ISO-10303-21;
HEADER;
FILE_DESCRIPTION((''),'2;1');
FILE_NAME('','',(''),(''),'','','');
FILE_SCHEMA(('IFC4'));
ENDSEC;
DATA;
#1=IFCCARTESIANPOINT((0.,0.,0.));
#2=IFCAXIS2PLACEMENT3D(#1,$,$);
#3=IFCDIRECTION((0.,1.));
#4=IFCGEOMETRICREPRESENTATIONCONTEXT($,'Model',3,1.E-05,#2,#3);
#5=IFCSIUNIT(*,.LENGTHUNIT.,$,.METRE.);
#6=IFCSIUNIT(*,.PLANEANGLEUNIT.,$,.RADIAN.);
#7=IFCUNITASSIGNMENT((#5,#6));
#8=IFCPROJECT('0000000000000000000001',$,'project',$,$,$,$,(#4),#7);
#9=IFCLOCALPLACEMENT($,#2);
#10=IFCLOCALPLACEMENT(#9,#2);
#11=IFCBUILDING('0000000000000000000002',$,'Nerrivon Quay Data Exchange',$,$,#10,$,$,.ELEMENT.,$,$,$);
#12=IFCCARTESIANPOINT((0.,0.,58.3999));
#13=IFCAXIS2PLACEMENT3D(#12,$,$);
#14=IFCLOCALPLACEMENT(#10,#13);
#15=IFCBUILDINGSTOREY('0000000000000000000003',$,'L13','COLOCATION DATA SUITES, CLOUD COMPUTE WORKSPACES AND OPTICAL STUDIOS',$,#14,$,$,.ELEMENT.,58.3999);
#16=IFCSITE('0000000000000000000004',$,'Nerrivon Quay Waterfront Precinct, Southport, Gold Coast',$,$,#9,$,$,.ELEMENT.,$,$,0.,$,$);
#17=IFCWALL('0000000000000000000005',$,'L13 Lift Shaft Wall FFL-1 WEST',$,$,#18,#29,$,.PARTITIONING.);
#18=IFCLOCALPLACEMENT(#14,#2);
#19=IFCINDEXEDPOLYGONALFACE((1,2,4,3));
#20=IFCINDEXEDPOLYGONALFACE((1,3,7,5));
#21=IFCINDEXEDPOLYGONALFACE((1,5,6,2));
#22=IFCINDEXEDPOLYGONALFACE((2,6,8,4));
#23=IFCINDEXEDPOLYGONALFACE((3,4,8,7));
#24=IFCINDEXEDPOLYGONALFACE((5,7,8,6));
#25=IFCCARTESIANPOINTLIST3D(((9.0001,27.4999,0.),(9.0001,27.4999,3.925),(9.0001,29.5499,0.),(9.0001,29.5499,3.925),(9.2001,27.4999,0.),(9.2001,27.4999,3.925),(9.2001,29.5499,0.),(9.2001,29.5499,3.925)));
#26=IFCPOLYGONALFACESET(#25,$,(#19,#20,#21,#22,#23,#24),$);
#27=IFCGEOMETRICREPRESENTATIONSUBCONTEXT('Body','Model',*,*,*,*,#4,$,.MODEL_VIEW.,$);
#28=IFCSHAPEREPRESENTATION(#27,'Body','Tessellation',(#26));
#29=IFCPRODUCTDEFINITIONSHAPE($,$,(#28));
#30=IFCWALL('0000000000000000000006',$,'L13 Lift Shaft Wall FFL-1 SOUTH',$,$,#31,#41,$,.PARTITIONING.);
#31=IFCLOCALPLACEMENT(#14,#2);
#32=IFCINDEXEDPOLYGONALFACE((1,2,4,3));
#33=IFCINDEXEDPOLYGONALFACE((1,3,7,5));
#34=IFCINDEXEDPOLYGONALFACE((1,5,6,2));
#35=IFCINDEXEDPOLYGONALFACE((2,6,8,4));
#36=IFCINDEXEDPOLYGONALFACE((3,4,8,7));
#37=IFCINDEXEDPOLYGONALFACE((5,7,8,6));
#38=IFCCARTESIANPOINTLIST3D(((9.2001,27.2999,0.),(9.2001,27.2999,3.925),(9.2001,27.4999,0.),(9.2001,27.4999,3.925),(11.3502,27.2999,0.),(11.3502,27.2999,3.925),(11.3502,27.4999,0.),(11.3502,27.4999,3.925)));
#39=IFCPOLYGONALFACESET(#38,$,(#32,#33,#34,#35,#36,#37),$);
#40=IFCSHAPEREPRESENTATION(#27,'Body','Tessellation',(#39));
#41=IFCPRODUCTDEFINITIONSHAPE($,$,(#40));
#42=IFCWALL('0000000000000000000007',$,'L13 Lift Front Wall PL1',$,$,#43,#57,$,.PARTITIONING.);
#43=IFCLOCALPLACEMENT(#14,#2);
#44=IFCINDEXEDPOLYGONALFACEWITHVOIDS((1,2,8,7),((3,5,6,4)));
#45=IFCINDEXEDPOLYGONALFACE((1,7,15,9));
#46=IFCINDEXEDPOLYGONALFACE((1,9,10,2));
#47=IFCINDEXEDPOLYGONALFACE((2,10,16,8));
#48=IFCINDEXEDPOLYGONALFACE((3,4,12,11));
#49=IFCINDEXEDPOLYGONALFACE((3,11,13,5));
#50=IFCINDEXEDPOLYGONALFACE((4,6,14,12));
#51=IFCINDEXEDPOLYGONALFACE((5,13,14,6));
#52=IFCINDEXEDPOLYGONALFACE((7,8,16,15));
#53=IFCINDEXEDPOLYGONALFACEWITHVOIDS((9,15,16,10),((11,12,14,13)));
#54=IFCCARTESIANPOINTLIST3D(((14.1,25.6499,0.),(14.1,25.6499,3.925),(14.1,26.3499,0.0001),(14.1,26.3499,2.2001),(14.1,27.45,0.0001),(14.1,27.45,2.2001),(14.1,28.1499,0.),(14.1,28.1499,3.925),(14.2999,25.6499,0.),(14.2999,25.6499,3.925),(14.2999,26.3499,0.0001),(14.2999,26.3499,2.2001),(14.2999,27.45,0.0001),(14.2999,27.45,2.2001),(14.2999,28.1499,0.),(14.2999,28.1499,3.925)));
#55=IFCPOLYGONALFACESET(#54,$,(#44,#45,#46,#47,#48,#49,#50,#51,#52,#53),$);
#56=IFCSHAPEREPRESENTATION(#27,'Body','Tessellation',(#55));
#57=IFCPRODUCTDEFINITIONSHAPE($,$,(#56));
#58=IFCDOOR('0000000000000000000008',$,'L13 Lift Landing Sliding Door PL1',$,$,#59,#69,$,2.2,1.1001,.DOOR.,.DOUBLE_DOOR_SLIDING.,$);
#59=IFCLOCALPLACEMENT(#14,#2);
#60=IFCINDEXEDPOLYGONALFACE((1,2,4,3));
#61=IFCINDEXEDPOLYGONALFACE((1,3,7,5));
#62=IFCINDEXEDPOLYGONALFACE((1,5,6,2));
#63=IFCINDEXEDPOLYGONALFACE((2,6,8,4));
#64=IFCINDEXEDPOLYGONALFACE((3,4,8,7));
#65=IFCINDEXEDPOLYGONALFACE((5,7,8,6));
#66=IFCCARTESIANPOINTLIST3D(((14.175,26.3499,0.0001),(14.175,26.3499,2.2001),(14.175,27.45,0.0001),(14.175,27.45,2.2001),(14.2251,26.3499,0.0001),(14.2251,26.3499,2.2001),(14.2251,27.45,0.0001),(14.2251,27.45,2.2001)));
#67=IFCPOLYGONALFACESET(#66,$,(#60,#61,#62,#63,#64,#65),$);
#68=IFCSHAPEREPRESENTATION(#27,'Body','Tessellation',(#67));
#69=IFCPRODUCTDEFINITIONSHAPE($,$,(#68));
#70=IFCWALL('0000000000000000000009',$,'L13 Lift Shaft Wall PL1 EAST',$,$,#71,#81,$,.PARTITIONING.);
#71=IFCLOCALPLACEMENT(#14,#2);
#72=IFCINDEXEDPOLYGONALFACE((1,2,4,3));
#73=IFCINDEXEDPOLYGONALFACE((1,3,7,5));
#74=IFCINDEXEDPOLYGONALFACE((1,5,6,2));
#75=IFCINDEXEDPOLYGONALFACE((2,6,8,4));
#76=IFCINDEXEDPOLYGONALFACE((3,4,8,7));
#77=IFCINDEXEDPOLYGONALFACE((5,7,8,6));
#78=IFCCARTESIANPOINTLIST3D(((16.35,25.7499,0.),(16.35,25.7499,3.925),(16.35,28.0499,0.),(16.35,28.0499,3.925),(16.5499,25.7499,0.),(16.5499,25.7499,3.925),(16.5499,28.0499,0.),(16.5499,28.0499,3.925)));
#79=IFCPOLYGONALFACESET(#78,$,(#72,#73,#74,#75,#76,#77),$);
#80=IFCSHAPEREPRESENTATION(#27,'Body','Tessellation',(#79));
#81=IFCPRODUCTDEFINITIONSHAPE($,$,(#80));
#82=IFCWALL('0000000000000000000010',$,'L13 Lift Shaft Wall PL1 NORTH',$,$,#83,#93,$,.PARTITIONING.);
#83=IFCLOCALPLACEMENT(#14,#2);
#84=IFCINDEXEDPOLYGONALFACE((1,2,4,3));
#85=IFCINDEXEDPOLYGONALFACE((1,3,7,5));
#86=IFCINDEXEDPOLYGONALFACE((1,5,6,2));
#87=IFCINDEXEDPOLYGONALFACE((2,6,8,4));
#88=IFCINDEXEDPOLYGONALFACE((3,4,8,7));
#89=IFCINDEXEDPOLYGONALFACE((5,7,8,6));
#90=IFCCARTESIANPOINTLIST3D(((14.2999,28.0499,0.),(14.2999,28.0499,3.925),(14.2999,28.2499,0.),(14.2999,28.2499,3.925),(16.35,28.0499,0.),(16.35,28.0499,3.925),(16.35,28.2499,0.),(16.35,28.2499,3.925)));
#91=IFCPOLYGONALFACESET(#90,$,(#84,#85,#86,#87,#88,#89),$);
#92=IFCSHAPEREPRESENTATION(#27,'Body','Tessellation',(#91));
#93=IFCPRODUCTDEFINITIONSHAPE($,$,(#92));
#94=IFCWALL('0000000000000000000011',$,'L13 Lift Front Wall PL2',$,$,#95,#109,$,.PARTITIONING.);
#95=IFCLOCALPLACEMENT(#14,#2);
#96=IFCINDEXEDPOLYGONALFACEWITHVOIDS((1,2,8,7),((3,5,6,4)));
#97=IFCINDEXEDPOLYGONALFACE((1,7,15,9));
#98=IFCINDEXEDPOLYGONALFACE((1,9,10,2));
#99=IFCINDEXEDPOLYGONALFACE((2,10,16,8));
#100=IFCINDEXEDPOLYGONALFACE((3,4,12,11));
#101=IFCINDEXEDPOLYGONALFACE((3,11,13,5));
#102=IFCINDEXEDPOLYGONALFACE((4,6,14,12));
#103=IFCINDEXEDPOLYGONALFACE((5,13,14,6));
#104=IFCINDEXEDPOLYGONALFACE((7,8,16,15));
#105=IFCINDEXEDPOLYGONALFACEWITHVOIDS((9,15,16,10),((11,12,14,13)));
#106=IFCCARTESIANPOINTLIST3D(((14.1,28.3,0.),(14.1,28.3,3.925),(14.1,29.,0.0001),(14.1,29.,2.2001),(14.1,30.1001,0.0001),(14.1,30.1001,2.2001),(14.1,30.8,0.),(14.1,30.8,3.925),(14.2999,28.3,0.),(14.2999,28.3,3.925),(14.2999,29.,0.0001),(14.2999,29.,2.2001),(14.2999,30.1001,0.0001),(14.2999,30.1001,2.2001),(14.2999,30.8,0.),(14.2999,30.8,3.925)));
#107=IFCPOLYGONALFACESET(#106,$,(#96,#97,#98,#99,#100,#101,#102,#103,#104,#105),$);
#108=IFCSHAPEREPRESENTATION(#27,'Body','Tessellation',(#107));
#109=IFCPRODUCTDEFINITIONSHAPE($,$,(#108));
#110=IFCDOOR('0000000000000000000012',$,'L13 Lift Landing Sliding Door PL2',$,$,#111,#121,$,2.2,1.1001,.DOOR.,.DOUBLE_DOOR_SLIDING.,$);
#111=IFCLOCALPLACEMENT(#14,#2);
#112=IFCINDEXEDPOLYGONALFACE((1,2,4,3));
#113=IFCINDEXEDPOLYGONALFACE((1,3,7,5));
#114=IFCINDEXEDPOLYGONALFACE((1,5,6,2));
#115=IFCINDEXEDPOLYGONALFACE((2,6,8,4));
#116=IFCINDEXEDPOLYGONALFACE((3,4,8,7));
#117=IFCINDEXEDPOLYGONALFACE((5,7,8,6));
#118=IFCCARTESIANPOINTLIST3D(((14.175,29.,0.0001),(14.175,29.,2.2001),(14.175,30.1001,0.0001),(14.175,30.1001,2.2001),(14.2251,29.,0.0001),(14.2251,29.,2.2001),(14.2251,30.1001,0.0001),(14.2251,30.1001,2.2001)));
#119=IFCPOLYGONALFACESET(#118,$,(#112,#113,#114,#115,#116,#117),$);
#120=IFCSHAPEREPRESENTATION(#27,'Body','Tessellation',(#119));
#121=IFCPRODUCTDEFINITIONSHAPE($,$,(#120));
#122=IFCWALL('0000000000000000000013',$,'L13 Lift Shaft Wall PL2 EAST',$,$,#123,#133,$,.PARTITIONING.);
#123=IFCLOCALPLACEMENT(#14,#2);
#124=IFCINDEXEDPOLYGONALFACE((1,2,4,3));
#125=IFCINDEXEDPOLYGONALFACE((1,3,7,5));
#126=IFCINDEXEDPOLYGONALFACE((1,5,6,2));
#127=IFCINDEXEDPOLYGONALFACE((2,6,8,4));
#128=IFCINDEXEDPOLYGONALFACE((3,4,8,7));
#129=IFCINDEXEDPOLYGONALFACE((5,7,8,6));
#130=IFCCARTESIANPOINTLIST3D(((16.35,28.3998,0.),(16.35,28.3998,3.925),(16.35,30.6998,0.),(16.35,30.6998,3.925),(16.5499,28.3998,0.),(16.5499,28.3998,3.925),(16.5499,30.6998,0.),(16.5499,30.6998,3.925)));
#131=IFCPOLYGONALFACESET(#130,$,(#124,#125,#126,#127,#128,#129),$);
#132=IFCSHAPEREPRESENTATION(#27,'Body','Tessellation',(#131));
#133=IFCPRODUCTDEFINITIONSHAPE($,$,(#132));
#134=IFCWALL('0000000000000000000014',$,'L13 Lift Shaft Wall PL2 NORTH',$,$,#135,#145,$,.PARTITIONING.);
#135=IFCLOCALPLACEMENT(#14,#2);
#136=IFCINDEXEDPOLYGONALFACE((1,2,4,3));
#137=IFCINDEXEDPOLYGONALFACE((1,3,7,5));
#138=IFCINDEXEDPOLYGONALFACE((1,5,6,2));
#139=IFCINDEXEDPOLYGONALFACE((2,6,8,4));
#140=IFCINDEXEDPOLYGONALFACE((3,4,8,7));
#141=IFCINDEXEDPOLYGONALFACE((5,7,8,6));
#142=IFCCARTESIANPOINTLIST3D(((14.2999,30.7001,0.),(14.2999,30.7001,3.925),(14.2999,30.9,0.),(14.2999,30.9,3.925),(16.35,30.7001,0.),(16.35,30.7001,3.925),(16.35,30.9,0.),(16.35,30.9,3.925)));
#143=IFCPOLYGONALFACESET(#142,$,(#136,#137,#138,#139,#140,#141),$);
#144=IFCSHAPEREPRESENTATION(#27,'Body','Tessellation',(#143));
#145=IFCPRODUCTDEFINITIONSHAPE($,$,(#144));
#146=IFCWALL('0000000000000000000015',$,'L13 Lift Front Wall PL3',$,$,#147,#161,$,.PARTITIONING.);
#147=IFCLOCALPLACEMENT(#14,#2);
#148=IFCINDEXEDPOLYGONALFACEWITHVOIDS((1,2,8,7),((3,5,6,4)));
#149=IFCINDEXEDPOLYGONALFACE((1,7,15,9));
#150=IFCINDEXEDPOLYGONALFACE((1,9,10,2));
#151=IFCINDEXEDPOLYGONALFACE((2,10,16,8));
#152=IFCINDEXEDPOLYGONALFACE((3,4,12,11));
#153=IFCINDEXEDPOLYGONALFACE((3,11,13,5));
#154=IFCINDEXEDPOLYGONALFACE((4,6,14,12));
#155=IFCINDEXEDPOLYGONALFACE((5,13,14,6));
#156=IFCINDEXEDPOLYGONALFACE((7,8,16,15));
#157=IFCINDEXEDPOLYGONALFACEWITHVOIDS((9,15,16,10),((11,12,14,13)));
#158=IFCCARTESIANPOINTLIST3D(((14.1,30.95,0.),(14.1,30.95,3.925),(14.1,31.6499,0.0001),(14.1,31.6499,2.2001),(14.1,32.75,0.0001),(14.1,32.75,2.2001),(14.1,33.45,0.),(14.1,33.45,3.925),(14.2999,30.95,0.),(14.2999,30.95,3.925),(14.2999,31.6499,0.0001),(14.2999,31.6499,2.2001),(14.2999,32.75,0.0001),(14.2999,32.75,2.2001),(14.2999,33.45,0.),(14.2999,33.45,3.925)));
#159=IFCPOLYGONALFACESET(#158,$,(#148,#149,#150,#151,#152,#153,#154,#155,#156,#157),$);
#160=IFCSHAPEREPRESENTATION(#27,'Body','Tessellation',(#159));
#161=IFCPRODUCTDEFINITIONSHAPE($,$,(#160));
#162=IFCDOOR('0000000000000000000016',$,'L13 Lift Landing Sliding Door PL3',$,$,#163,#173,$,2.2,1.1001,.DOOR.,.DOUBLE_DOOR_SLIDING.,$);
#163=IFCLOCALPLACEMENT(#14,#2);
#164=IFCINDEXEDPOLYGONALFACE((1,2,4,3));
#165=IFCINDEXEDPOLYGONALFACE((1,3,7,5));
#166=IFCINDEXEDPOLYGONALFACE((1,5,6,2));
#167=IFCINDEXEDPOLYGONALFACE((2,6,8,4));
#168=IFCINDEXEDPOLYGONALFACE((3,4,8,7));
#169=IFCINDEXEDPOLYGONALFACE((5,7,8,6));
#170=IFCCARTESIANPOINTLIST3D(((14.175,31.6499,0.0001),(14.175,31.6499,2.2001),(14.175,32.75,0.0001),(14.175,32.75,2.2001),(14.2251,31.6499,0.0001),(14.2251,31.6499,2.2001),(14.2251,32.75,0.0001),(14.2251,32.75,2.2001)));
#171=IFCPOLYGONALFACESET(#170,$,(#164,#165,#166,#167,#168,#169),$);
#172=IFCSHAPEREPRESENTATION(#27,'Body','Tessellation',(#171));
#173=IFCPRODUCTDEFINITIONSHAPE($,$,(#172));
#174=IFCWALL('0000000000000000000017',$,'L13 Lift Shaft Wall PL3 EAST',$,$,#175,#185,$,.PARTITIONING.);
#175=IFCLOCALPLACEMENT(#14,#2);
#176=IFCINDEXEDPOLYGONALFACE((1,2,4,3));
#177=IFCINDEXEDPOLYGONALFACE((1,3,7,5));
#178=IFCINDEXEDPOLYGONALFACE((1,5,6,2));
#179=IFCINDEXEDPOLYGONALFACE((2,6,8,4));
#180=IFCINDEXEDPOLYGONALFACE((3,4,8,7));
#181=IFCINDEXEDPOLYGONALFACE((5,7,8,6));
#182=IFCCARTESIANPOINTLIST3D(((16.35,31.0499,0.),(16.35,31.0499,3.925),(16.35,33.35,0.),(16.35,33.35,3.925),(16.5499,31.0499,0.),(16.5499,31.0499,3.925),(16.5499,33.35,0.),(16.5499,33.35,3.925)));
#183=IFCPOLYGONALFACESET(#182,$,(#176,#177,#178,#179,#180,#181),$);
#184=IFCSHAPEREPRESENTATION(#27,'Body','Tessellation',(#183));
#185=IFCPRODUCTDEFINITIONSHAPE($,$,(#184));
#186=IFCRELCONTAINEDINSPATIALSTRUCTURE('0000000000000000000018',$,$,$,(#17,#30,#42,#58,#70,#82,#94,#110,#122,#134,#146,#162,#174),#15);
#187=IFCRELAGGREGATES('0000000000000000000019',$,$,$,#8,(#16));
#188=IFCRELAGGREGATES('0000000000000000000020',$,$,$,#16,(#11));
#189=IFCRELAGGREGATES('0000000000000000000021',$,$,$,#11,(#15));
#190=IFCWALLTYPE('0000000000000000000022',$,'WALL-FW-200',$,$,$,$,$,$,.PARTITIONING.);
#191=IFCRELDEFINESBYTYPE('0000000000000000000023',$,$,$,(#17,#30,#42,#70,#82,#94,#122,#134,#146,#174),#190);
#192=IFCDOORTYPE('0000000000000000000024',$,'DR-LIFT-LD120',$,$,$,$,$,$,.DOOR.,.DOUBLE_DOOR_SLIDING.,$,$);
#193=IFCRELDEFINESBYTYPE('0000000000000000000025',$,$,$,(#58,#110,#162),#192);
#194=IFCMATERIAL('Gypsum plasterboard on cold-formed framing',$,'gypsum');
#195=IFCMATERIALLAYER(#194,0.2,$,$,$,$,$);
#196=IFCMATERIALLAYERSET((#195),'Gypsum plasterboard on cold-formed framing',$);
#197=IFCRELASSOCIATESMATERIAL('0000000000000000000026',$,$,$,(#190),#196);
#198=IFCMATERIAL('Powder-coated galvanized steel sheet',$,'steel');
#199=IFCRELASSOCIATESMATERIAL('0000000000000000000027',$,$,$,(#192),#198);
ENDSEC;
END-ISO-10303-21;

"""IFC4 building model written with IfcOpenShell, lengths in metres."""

from ifc_helpers import new_model, si_unit, direction, frame, frame_2d, origin, place, context, subcontext, project, spatial, rectangle, extrude, material, layer, layer_set, type_object, element, fill, save


model = new_model("IFC4")

# Units and contexts
model_context = context("Model", 3, precision=1e-05, world=origin(), true_north=direction((0.0, 1.0)))
body_context = subcontext(model_context, "Body", "Model", "MODEL_VIEW")
ifc_project = project(units=[si_unit("LENGTHUNIT", "METRE"), si_unit("PLANEANGLEUNIT", "RADIAN")], contexts=[model_context])

# Site, building, storey
site_placement = place(None, origin())
site = spatial("IfcSite", under=ifc_project, at=site_placement, Name="Nerrivon Quay Waterfront Precinct, Southport, Gold Coast", CompositionType="ELEMENT", RefElevation=0.0)
building_placement = place(site_placement, origin())
building = spatial("IfcBuilding", under=site, at=building_placement, Name="Nerrivon Quay Data Exchange", CompositionType="ELEMENT")
storey_placement = place(building_placement, frame((0.0, 0.0, 58.3999)))
storey = spatial("IfcBuildingStorey", under=building, at=storey_placement, Name="L13", Description="COLOCATION DATA SUITES, CLOUD COMPUTE WORKSPACES AND OPTICAL STUDIOS", CompositionType="ELEMENT", Elevation=58.3999)

# Shared definitions
ifc_material_1 = material(Name="Powder-coated galvanized steel sheet", Category="steel")
ifc_material_2 = material(Name="Gypsum plasterboard on cold-formed framing", Category="gypsum")
ifc_layer_1 = layer(ifc_material_2, 0.2)
ifc_layer_set_1 = layer_set([ifc_layer_1], Name="Gypsum plasterboard on cold-formed framing")
wall_type_1 = type_object("IfcWallType", Name="WALL-FW-200", PredefinedType="PARTITIONING", material=ifc_layer_set_1)
door_type_1 = type_object("IfcDoorType", Name="DR-LIFT-LD120", OperationType="DOUBLE_DOOR_SLIDING", PredefinedType="DOOR", material=ifc_material_1)

# Walls
wall_1_placement = place(storey_placement, frame((9.1001, 27.5, 0.0), z_axis=(0.0, 0.0, 1.0), x_axis=(0.0, 1.0, 0.0)))
element("IfcWall", 1, at=wall_1_placement, inside=storey, type_object=wall_type_1, Name="L13 Lift Shaft Wall FFL-1 WEST", PredefinedType="PARTITIONING", context=body_context, shape_type="SweptSolid", body=[
    extrude(rectangle(XDim=2.05, YDim=0.2, at=frame_2d((1.0249, 0.0))), origin(), (0.0, 0.0, 1.0), 3.925),
])
wall_2_placement = place(storey_placement, frame((9.2, 27.3999, 0.0), z_axis=(0.0, 0.0, 1.0), x_axis=(1.0, 0.0, 0.0)))
element("IfcWall", 2, at=wall_2_placement, inside=storey, type_object=wall_type_1, Name="L13 Lift Shaft Wall FFL-1 SOUTH", PredefinedType="PARTITIONING", context=body_context, shape_type="SweptSolid", body=[
    extrude(rectangle(XDim=2.1501, YDim=0.2, at=frame_2d((1.0752, 0.0))), origin(), (0.0, 0.0, 1.0), 3.925),
])

# Wall, opening, door
wall_3_placement = place(storey_placement, frame((14.2, 25.6499, 0.0), z_axis=(0.0, 0.0, 1.0), x_axis=(0.0, 1.0, 0.0)))
wall_3 = element("IfcWall", 3, at=wall_3_placement, inside=storey, type_object=wall_type_1, Name="L13 Lift Front Wall PL1", PredefinedType="PARTITIONING", context=body_context, shape_type="SweptSolid", body=[
    extrude(rectangle(XDim=2.5, YDim=0.2, at=frame_2d((1.25, 0.0))), origin(), (0.0, 0.0, 1.0), 3.925),
])
opening_1_placement = place(wall_3_placement, frame((0.7, 0.0, 0.0)))
opening_1 = element("IfcOpeningElement", 4, at=opening_1_placement, cuts=wall_3, PredefinedType="OPENING", context=body_context, shape_type="SweptSolid", body=[
    extrude(rectangle(XDim=1.1001, YDim=2.2, at=frame_2d((0.55, 1.1001))), frame((0.0, 0.1099, 0.0), z_axis=(0.0, -1.0, 0.0), x_axis=(1.0, 0.0, 0.0)), (0.0, 0.0, 1.0), 0.22),
])
door_1_placement = place(opening_1_placement, origin())
door_1 = element("IfcDoor", 5, at=door_1_placement, inside=storey, type_object=door_type_1, Name="L13 Lift Landing Sliding Door PL1", OperationType="DOUBLE_DOOR_SLIDING", OverallHeight=2.2, OverallWidth=1.1001, PredefinedType="DOOR", context=body_context, shape_type="SweptSolid", body=[
    extrude(rectangle(XDim=1.1001, YDim=2.2, at=frame_2d((0.55, 1.1001))), frame((0.0, 0.0249, 0.0), z_axis=(0.0, -1.0, 0.0), x_axis=(1.0, 0.0, 0.0)), (0.0, 0.0, 1.0), 0.05),
])
fill(opening_1, door_1)

# Walls
wall_4_placement = place(storey_placement, frame((16.45, 25.75, 0.0), z_axis=(0.0, 0.0, 1.0), x_axis=(0.0, 1.0, 0.0)))
element("IfcWall", 6, at=wall_4_placement, inside=storey, type_object=wall_type_1, Name="L13 Lift Shaft Wall PL1 EAST", PredefinedType="PARTITIONING", context=body_context, shape_type="SweptSolid", body=[
    extrude(rectangle(XDim=2.3, YDim=0.2, at=frame_2d((1.1499, 0.0))), origin(), (0.0, 0.0, 1.0), 3.925),
])
wall_5_placement = place(storey_placement, frame((14.3, 28.1499, 0.0), z_axis=(0.0, 0.0, 1.0), x_axis=(1.0, 0.0, 0.0)))
element("IfcWall", 7, at=wall_5_placement, inside=storey, type_object=wall_type_1, Name="L13 Lift Shaft Wall PL1 NORTH", PredefinedType="PARTITIONING", context=body_context, shape_type="SweptSolid", body=[
    extrude(rectangle(XDim=2.05, YDim=0.2, at=frame_2d((1.0249, 0.0))), origin(), (0.0, 0.0, 1.0), 3.925),
])

# Wall, opening, door
wall_6_placement = place(storey_placement, frame((14.2, 28.3, 0.0), z_axis=(0.0, 0.0, 1.0), x_axis=(0.0, 1.0, 0.0)))
wall_6 = element("IfcWall", 8, at=wall_6_placement, inside=storey, type_object=wall_type_1, Name="L13 Lift Front Wall PL2", PredefinedType="PARTITIONING", context=body_context, shape_type="SweptSolid", body=[
    extrude(rectangle(XDim=2.5, YDim=0.2, at=frame_2d((1.25, 0.0))), origin(), (0.0, 0.0, 1.0), 3.925),
])
opening_2_placement = place(wall_6_placement, frame((0.7, 0.0, 0.0)))
opening_2 = element("IfcOpeningElement", 9, at=opening_2_placement, cuts=wall_6, PredefinedType="OPENING", context=body_context, shape_type="SweptSolid", body=[
    extrude(rectangle(XDim=1.1001, YDim=2.2, at=frame_2d((0.55, 1.1001))), frame((0.0, 0.1099, 0.0), z_axis=(0.0, -1.0, 0.0), x_axis=(1.0, 0.0, 0.0)), (0.0, 0.0, 1.0), 0.22),
])
door_2_placement = place(opening_2_placement, origin())
door_2 = element("IfcDoor", 10, at=door_2_placement, inside=storey, type_object=door_type_1, Name="L13 Lift Landing Sliding Door PL2", OperationType="DOUBLE_DOOR_SLIDING", OverallHeight=2.2, OverallWidth=1.1001, PredefinedType="DOOR", context=body_context, shape_type="SweptSolid", body=[
    extrude(rectangle(XDim=1.1001, YDim=2.2, at=frame_2d((0.55, 1.1001))), frame((0.0, 0.0249, 0.0), z_axis=(0.0, -1.0, 0.0), x_axis=(1.0, 0.0, 0.0)), (0.0, 0.0, 1.0), 0.05),
])
fill(opening_2, door_2)

# Walls
wall_7_placement = place(storey_placement, frame((16.45, 28.3999, 0.0), z_axis=(0.0, 0.0, 1.0), x_axis=(0.0, 1.0, 0.0)))
element("IfcWall", 11, at=wall_7_placement, inside=storey, type_object=wall_type_1, Name="L13 Lift Shaft Wall PL2 EAST", PredefinedType="PARTITIONING", context=body_context, shape_type="SweptSolid", body=[
    extrude(rectangle(XDim=2.3, YDim=0.2, at=frame_2d((1.1499, 0.0))), origin(), (0.0, 0.0, 1.0), 3.925),
])
wall_8_placement = place(storey_placement, frame((14.3, 30.8, 0.0), z_axis=(0.0, 0.0, 1.0), x_axis=(1.0, 0.0, 0.0)))
element("IfcWall", 12, at=wall_8_placement, inside=storey, type_object=wall_type_1, Name="L13 Lift Shaft Wall PL2 NORTH", PredefinedType="PARTITIONING", context=body_context, shape_type="SweptSolid", body=[
    extrude(rectangle(XDim=2.05, YDim=0.2, at=frame_2d((1.0249, 0.0))), origin(), (0.0, 0.0, 1.0), 3.925),
])

# Wall, opening, door
wall_9_placement = place(storey_placement, frame((14.2, 30.95, 0.0), z_axis=(0.0, 0.0, 1.0), x_axis=(0.0, 1.0, 0.0)))
wall_9 = element("IfcWall", 13, at=wall_9_placement, inside=storey, type_object=wall_type_1, Name="L13 Lift Front Wall PL3", PredefinedType="PARTITIONING", context=body_context, shape_type="SweptSolid", body=[
    extrude(rectangle(XDim=2.5, YDim=0.2, at=frame_2d((1.25, 0.0))), origin(), (0.0, 0.0, 1.0), 3.925),
])
opening_3_placement = place(wall_9_placement, frame((0.7, 0.0, 0.0)))
opening_3 = element("IfcOpeningElement", 14, at=opening_3_placement, cuts=wall_9, PredefinedType="OPENING", context=body_context, shape_type="SweptSolid", body=[
    extrude(rectangle(XDim=1.1001, YDim=2.2, at=frame_2d((0.55, 1.1001))), frame((0.0, 0.1099, 0.0), z_axis=(0.0, -1.0, 0.0), x_axis=(1.0, 0.0, 0.0)), (0.0, 0.0, 1.0), 0.22),
])
door_3_placement = place(opening_3_placement, origin())
door_3 = element("IfcDoor", 15, at=door_3_placement, inside=storey, type_object=door_type_1, Name="L13 Lift Landing Sliding Door PL3", OperationType="DOUBLE_DOOR_SLIDING", OverallHeight=2.2, OverallWidth=1.1001, PredefinedType="DOOR", context=body_context, shape_type="SweptSolid", body=[
    extrude(rectangle(XDim=1.1001, YDim=2.2, at=frame_2d((0.55, 1.1001))), frame((0.0, 0.0249, 0.0), z_axis=(0.0, -1.0, 0.0), x_axis=(1.0, 0.0, 0.0)), (0.0, 0.0, 1.0), 0.05),
])
fill(opening_3, door_3)

# Wall
wall_10_placement = place(storey_placement, frame((16.45, 31.05, 0.0), z_axis=(0.0, 0.0, 1.0), x_axis=(0.0, 1.0, 0.0)))
element("IfcWall", 16, at=wall_10_placement, inside=storey, type_object=wall_type_1, Name="L13 Lift Shaft Wall PL3 EAST", PredefinedType="PARTITIONING", context=body_context, shape_type="SweptSolid", body=[
    extrude(rectangle(XDim=2.3, YDim=0.2, at=frame_2d((1.1499, 0.0))), origin(), (0.0, 0.0, 1.0), 3.925),
])

save(model, "model.ifc")
